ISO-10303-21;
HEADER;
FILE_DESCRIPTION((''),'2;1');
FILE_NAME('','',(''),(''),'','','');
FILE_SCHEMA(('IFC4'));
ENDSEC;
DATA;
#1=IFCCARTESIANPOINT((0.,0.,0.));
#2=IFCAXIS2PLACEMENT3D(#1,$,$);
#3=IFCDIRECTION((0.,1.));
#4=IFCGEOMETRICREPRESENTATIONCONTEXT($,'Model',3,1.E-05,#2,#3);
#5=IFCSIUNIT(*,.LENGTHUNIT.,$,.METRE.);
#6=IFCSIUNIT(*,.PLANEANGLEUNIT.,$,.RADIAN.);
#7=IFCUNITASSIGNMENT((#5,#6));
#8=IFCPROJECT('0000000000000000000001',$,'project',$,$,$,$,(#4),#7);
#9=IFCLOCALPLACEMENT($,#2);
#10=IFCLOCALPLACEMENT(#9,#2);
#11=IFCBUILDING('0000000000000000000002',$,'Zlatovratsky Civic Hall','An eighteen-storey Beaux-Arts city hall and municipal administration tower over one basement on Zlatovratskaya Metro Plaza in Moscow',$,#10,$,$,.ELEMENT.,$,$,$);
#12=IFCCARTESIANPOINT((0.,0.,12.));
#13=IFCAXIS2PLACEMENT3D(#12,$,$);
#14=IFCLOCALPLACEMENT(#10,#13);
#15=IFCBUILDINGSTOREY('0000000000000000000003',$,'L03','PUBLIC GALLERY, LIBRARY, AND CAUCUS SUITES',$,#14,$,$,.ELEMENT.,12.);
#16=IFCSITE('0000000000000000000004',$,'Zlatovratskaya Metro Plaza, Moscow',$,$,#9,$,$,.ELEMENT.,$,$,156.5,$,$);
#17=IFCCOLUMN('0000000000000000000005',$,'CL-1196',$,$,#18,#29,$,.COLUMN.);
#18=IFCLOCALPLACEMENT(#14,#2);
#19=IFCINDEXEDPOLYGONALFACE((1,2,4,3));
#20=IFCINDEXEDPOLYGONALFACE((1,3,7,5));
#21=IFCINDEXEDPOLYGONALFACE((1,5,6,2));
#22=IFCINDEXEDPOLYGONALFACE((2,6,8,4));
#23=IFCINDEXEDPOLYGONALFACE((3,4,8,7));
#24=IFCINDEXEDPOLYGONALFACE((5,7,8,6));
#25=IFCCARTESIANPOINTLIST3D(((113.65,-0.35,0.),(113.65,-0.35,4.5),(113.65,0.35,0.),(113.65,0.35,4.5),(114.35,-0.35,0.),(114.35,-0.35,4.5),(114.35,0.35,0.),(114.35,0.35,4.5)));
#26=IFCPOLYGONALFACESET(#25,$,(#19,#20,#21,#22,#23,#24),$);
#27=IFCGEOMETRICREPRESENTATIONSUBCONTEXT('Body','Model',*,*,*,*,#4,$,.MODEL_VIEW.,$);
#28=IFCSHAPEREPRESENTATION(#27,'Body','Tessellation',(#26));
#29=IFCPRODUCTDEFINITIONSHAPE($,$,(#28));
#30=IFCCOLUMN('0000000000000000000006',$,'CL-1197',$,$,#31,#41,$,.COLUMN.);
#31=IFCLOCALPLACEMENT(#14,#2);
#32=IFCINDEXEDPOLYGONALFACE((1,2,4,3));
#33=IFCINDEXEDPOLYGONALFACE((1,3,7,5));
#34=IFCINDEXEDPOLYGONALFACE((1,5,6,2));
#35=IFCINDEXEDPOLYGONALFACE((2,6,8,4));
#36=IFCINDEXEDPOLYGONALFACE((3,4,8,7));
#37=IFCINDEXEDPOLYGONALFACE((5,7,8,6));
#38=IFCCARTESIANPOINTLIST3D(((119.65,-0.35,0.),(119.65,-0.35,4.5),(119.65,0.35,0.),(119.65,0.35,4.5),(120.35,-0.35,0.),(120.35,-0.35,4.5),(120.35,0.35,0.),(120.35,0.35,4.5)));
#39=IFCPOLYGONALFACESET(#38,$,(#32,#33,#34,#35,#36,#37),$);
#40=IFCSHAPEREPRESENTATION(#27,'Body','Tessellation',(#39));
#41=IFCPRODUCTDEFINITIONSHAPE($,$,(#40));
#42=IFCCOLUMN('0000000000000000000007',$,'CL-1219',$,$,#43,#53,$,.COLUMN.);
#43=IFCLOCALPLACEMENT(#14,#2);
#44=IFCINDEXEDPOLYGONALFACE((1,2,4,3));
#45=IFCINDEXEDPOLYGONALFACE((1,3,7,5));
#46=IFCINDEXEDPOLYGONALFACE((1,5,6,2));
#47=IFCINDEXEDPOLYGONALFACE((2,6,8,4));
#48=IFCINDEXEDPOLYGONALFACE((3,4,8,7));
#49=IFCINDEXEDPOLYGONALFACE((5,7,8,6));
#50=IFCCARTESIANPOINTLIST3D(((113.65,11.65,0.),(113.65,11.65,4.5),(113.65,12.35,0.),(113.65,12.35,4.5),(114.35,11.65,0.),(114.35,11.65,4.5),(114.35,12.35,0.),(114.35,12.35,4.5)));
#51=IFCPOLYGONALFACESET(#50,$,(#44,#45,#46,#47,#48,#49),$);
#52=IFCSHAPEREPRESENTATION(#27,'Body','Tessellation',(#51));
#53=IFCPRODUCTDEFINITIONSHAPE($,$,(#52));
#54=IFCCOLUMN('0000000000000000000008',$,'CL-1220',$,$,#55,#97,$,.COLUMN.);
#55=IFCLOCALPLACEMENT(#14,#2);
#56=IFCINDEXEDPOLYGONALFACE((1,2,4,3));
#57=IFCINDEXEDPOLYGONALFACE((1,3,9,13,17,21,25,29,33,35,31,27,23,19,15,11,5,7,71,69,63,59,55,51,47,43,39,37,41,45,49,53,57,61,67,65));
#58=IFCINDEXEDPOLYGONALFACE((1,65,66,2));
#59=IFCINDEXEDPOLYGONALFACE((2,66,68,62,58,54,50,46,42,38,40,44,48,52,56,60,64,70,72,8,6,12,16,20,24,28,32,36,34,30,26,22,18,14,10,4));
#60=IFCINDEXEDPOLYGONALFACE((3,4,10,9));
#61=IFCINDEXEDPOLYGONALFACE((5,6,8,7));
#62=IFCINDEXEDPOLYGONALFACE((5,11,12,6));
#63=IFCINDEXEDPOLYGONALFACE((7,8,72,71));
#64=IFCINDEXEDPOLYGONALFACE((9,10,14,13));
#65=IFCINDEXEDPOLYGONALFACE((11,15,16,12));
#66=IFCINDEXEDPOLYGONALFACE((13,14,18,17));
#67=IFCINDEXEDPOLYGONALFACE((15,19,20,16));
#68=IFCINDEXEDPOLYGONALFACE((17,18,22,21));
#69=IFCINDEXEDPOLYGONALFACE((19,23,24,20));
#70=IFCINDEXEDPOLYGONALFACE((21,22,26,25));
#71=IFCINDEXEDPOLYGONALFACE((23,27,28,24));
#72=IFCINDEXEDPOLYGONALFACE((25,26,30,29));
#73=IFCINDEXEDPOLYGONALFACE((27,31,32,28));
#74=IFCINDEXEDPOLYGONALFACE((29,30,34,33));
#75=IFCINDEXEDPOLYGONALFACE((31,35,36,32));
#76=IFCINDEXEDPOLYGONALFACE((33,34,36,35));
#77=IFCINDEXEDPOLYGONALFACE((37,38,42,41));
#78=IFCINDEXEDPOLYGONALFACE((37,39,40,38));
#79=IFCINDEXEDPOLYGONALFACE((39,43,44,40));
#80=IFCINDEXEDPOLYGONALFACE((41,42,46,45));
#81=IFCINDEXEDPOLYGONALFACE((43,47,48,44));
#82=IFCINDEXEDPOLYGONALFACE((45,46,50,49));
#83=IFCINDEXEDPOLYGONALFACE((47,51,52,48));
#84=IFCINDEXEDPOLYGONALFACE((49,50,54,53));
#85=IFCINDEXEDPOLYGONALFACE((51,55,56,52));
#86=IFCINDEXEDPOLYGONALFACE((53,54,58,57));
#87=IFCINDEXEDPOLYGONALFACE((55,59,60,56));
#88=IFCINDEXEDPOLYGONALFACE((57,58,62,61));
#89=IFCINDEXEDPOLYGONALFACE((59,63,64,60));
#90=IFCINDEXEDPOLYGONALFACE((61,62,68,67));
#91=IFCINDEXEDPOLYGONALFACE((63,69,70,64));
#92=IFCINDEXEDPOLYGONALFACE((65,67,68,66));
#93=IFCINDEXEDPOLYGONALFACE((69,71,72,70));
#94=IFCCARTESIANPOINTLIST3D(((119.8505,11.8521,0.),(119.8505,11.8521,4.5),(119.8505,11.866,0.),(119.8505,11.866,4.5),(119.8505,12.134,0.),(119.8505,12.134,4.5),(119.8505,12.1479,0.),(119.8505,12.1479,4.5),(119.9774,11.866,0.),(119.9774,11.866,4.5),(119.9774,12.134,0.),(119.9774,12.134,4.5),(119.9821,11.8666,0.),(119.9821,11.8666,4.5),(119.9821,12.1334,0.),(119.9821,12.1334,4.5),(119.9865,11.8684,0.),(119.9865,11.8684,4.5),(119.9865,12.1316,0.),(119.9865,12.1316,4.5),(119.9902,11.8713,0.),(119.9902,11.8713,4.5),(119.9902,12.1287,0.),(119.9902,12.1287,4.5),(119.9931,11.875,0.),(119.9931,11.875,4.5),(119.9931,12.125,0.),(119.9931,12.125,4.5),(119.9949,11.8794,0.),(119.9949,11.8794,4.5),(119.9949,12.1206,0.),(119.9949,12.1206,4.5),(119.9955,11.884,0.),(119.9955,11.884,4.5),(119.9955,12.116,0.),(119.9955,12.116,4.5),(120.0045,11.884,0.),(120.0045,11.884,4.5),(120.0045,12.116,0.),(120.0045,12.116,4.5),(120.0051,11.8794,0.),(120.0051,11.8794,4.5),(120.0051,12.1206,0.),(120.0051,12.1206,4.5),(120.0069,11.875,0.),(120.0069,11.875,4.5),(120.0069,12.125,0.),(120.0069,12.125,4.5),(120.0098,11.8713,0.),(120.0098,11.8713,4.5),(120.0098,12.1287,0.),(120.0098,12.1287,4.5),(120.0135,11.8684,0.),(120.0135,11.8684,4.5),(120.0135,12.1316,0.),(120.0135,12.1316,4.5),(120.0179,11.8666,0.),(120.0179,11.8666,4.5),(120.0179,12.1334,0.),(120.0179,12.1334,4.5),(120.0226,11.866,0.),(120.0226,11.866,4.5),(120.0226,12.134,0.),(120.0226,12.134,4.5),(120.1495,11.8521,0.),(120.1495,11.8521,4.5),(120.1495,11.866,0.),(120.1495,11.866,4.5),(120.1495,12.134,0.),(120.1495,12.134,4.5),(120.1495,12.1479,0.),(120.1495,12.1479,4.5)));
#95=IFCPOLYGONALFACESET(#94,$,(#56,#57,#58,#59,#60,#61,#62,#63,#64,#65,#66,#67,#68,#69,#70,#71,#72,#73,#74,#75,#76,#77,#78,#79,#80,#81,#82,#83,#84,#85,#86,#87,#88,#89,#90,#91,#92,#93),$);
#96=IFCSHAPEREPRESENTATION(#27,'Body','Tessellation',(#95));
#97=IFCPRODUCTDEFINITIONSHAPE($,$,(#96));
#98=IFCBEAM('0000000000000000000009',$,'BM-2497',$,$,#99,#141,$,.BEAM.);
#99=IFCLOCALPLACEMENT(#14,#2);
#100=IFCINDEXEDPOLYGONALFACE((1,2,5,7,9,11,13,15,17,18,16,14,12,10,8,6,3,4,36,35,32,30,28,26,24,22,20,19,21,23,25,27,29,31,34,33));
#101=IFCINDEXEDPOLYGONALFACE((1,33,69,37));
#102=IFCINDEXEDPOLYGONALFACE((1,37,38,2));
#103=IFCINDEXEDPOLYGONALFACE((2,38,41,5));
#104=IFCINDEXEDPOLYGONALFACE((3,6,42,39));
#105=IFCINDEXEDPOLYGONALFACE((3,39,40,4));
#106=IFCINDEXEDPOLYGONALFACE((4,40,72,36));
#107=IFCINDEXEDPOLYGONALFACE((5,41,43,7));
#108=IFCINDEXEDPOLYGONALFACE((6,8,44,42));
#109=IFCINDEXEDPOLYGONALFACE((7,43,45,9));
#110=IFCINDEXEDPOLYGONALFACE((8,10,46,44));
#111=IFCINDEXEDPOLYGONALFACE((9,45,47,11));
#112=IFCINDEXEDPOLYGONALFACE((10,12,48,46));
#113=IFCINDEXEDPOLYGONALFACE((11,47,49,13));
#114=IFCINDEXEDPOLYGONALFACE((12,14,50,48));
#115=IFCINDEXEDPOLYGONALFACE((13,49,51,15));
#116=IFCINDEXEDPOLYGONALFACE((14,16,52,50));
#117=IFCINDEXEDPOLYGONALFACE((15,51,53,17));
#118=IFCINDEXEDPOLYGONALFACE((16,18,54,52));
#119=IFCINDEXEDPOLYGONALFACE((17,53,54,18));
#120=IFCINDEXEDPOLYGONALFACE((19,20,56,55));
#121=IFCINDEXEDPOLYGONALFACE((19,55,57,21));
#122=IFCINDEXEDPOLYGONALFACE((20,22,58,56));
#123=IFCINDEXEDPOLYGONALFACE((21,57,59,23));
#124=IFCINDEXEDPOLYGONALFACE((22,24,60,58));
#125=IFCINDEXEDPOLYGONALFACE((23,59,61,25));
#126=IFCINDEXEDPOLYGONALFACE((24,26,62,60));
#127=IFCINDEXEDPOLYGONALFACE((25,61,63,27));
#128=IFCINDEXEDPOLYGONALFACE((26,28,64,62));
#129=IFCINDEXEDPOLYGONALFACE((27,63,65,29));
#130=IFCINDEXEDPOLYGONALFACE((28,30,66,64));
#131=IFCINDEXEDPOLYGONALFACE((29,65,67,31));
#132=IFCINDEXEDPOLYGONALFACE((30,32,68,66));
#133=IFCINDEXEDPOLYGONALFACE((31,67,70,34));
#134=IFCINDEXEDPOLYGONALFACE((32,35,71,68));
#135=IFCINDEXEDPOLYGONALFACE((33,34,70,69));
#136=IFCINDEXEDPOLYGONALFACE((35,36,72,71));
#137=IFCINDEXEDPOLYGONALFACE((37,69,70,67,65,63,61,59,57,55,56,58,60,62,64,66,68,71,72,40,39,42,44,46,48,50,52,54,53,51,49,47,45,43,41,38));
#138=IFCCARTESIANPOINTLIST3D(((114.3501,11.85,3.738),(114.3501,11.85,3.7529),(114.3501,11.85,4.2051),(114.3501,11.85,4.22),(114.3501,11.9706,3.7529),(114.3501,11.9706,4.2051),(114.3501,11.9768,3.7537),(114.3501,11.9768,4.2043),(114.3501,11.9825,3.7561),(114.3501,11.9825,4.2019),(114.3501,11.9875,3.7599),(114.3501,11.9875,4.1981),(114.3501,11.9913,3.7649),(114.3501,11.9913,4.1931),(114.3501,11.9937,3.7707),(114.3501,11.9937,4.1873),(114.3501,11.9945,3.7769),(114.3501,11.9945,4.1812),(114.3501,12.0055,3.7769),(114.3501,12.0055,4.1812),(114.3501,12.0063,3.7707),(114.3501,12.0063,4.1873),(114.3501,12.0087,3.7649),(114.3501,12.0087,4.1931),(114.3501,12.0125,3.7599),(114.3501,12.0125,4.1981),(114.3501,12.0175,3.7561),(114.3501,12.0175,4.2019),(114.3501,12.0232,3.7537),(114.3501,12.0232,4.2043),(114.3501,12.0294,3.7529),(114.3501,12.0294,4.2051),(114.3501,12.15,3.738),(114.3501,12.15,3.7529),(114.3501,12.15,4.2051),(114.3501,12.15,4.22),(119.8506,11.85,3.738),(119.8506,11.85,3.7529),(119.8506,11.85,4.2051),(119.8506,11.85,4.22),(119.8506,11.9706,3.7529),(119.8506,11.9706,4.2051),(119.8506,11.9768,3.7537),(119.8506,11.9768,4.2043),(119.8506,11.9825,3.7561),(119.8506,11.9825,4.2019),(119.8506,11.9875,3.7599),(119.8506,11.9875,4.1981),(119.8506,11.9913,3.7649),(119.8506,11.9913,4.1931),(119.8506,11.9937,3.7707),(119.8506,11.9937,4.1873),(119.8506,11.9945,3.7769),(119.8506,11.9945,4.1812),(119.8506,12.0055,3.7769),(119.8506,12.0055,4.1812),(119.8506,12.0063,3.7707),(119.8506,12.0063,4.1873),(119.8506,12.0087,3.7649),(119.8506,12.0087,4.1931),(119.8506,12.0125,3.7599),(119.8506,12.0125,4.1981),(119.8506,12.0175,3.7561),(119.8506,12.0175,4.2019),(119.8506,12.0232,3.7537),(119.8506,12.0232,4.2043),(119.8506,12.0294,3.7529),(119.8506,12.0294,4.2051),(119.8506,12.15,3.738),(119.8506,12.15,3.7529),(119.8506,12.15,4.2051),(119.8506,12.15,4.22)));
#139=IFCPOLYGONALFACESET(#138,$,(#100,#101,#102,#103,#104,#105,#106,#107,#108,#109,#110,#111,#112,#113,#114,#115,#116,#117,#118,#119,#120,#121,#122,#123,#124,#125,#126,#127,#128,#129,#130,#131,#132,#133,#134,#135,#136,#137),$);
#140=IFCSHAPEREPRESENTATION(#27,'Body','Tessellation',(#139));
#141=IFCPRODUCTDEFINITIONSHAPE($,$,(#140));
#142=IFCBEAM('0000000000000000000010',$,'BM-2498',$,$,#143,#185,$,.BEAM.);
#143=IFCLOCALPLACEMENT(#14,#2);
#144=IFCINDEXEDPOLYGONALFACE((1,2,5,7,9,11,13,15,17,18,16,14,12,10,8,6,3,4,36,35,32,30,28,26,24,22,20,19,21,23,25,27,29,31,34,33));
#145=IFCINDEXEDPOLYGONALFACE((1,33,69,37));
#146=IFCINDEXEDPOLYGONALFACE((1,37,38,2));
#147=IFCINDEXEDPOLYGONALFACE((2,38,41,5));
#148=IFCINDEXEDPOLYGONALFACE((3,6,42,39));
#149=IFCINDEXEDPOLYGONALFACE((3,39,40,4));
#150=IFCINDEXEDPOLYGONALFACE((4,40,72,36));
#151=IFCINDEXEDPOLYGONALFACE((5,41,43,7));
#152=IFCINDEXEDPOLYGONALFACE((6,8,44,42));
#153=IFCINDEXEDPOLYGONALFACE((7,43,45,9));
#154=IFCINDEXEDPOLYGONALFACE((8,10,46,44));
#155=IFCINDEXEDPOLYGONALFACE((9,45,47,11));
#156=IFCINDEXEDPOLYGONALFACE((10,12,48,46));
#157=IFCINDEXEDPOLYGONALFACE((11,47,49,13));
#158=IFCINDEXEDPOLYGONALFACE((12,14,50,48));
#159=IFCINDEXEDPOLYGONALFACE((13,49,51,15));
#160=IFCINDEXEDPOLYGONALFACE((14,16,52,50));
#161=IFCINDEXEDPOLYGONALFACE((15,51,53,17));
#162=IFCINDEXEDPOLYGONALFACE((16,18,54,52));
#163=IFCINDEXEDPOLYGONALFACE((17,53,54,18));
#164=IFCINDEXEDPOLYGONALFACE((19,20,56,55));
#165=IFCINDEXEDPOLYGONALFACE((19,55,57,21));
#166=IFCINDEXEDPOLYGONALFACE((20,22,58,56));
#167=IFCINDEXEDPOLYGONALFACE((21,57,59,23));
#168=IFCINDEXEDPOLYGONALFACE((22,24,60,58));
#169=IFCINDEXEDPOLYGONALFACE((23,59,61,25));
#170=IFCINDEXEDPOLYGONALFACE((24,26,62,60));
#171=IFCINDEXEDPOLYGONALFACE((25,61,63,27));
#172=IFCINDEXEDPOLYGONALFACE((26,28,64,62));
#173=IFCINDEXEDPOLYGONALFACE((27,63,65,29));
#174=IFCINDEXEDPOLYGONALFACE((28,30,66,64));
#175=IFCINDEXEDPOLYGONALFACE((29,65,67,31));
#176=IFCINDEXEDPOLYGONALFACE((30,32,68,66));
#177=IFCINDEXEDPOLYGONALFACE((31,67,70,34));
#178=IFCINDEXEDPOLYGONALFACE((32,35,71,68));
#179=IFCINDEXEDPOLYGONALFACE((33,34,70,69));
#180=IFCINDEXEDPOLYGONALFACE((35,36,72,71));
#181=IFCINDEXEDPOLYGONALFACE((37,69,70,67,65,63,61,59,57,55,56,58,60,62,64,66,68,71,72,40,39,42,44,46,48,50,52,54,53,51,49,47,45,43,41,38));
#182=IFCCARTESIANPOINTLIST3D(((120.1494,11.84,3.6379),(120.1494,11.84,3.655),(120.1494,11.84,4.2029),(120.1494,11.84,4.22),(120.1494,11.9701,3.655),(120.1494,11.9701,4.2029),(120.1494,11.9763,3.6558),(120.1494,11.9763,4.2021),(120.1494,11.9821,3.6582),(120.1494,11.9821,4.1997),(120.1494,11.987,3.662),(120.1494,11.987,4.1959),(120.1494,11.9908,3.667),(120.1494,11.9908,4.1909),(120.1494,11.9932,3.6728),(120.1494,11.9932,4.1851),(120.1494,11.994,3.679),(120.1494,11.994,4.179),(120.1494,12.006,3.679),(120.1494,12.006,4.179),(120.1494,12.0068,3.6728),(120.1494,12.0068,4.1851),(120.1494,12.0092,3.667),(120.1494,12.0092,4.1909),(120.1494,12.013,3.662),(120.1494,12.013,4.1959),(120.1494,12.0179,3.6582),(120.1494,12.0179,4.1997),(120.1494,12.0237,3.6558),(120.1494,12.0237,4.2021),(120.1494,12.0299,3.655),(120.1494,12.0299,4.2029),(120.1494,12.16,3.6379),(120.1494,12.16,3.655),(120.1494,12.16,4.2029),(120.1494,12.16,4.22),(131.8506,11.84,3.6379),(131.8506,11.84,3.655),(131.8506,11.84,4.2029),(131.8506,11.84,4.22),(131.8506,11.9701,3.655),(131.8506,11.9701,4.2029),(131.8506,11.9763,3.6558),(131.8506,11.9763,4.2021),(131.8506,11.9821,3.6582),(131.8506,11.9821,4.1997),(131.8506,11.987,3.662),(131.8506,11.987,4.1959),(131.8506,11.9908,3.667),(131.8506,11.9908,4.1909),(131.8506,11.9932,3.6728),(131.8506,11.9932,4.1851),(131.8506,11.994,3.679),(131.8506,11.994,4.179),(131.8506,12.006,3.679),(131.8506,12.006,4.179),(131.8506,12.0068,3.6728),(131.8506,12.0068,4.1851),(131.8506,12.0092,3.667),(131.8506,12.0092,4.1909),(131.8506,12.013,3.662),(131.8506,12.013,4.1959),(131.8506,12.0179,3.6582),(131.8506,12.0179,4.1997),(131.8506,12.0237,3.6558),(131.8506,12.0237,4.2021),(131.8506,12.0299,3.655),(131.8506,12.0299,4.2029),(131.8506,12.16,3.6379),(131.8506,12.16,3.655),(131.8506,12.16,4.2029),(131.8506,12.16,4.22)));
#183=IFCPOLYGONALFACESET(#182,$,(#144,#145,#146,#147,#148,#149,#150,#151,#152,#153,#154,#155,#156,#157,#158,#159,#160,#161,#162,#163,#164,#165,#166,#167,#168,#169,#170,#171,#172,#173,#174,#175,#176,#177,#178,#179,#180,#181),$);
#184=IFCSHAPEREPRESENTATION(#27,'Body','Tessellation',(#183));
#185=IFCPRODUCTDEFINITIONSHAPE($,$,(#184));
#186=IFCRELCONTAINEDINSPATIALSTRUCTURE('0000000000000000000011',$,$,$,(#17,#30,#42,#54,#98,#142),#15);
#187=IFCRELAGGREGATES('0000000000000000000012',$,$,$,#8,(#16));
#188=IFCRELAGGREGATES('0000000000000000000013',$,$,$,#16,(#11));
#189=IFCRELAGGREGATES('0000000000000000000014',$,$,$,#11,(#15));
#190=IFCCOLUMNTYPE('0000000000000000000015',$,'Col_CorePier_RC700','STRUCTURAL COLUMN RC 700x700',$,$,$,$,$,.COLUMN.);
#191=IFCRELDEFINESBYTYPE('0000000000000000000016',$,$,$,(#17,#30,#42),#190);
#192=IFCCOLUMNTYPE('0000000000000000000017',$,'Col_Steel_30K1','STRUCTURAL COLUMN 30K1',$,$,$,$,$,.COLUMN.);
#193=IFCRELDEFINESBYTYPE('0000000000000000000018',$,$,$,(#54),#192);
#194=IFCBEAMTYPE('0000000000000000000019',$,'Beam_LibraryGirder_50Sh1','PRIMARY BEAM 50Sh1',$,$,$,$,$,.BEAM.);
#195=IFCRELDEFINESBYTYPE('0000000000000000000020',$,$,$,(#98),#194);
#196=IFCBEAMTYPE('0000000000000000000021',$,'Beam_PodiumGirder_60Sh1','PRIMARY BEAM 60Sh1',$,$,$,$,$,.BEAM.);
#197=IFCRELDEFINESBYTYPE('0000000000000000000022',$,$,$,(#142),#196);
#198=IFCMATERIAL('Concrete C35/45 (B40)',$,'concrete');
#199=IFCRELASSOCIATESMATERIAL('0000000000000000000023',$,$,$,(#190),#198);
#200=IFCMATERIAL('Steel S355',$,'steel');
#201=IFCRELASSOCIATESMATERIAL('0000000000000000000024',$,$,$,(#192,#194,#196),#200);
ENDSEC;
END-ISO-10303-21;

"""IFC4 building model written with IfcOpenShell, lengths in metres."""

from ifc_helpers import new_model, si_unit, direction, frame, origin, origin_2d, place, context, subcontext, project, spatial, rectangle, i_section, extrude, material, material_profile, profile_set, type_object, element, save


model = new_model("IFC4")

# Units and contexts
model_context = context("Model", 3, precision=1e-05, world=origin(), true_north=direction((0.0, 1.0)))
body_context = subcontext(model_context, "Body", "Model", "MODEL_VIEW")
ifc_project = project(units=[si_unit("LENGTHUNIT", "METRE"), si_unit("PLANEANGLEUNIT", "RADIAN")], contexts=[model_context])

# Site, building, storey
site_placement = place(None, origin())
site = spatial("IfcSite", under=ifc_project, at=site_placement, Name="Zlatovratskaya Metro Plaza, Moscow", CompositionType="ELEMENT", RefElevation=156.5)
building_placement = place(site_placement, origin())
building = spatial("IfcBuilding", under=site, at=building_placement, Name="Zlatovratsky Civic Hall", Description="An eighteen-storey Beaux-Arts city hall and municipal administration tower over one basement on Zlatovratskaya Metro Plaza in Moscow", CompositionType="ELEMENT")
storey_placement = place(building_placement, frame((0.0, 0.0, 12.0)))
storey = spatial("IfcBuildingStorey", under=building, at=storey_placement, Name="L03", Description="PUBLIC GALLERY, LIBRARY, AND CAUCUS SUITES", CompositionType="ELEMENT", Elevation=12.0)

# Columns
ifc_material_1 = material(Name="Concrete C35/45 (B40)", Category="concrete")
ifc_material_profile_1 = material_profile(ifc_material_1, rectangle(XDim=0.7, YDim=0.7, at=origin_2d()), Name="RC 700x700")
ifc_profile_set_1 = profile_set([ifc_material_profile_1], Name="Concrete C35/45 (B40)")
column_type_1 = type_object("IfcColumnType", Name="Col_CorePier_RC700", Description="STRUCTURAL COLUMN RC 700x700", PredefinedType="COLUMN", material=ifc_profile_set_1)
for number, where, z_axis, x_axis, name in (
    (1, (114.0, 0.0, 0.0), (0.0, 0.0, 1.0), (1.0, 0.0, 0.0), "CL-1196"),
    (2, (120.0, 0.0, 0.0), (0.0, 0.0, 1.0), (1.0, 0.0, 0.0), "CL-1197"),
    (3, (114.0, 12.0, 0.0), (0.0, 0.0, 1.0), (1.0, 0.0, 0.0), "CL-1219"),
):
    element("IfcColumn", number, at=place(storey_placement, frame(where, z_axis=z_axis, x_axis=x_axis)), inside=storey, type_object=column_type_1, Name=name, PredefinedType="COLUMN", context=body_context, shape_type="SweptSolid", body=[
        extrude(rectangle(XDim=0.7, YDim=0.7, at=origin_2d()), origin(), (0.0, 0.0, 1.0), 4.5),
    ])
ifc_material_2 = material(Name="Steel S355", Category="steel")
ifc_material_profile_2 = material_profile(ifc_material_2, i_section(OverallWidth=0.2991, OverallDepth=0.2959, WebThickness=0.009, FlangeThickness=0.0139, FilletRadius=0.0181, at=origin_2d()), Name="30K1")
ifc_profile_set_2 = profile_set([ifc_material_profile_2], Name="Steel S355")
column_type_2 = type_object("IfcColumnType", Name="Col_Steel_30K1", Description="STRUCTURAL COLUMN 30K1", PredefinedType="COLUMN", material=ifc_profile_set_2)
column_placement = place(storey_placement, frame((120.0, 12.0, 0.0), z_axis=(0.0, 0.0, 1.0), x_axis=(1.0, 0.0, 0.0)))
element("IfcColumn", 4, at=column_placement, inside=storey, type_object=column_type_2, Name="CL-1220", PredefinedType="COLUMN", context=body_context, shape_type="SweptSolid", body=[
    extrude(i_section(OverallWidth=0.2991, OverallDepth=0.2959, WebThickness=0.009, FlangeThickness=0.0139, FilletRadius=0.0181, at=origin_2d()), origin(), (0.0, 0.0, 1.0), 4.5),
])

# Beams
ifc_material_profile_3 = material_profile(ifc_material_2, i_section(OverallWidth=0.3, OverallDepth=0.4819, WebThickness=0.011, FlangeThickness=0.0149, FilletRadius=0.0239, at=origin_2d()), Name="50Sh1")
ifc_profile_set_3 = profile_set([ifc_material_profile_3], Name="Steel S355")
beam_type_1 = type_object("IfcBeamType", Name="Beam_LibraryGirder_50Sh1", Description="PRIMARY BEAM 50Sh1", PredefinedType="BEAM", material=ifc_profile_set_3)
beam_1_placement = place(storey_placement, frame((114.3501, 12.0, 3.979), z_axis=(1.0, 0.0, 0.0), x_axis=(0.0, 1.0, 0.0)))
element("IfcBeam", 5, at=beam_1_placement, inside=storey, type_object=beam_type_1, Name="BM-2497", PredefinedType="BEAM", context=body_context, shape_type="SweptSolid", body=[
    extrude(i_section(OverallWidth=0.3, OverallDepth=0.4819, WebThickness=0.011, FlangeThickness=0.0149, FilletRadius=0.0239, at=origin_2d()), origin(), (0.0, 0.0, 1.0), 5.5005),
])
ifc_material_profile_4 = material_profile(ifc_material_2, i_section(OverallWidth=0.3201, OverallDepth=0.582, WebThickness=0.012, FlangeThickness=0.0171, FilletRadius=0.0239, at=origin_2d()), Name="60Sh1")
ifc_profile_set_4 = profile_set([ifc_material_profile_4], Name="Steel S355")
beam_type_2 = type_object("IfcBeamType", Name="Beam_PodiumGirder_60Sh1", Description="PRIMARY BEAM 60Sh1", PredefinedType="BEAM", material=ifc_profile_set_4)
beam_2_placement = place(storey_placement, frame((120.1494, 12.0, 3.929), z_axis=(1.0, 0.0, 0.0), x_axis=(0.0, 1.0, 0.0)))
element("IfcBeam", 6, at=beam_2_placement, inside=storey, type_object=beam_type_2, Name="BM-2498", PredefinedType="BEAM", context=body_context, shape_type="SweptSolid", body=[
    extrude(i_section(OverallWidth=0.3201, OverallDepth=0.582, WebThickness=0.012, FlangeThickness=0.0171, FilletRadius=0.0239, at=origin_2d()), origin(), (0.0, 0.0, 1.0), 11.7012),
])

save(model, "model.ifc")
